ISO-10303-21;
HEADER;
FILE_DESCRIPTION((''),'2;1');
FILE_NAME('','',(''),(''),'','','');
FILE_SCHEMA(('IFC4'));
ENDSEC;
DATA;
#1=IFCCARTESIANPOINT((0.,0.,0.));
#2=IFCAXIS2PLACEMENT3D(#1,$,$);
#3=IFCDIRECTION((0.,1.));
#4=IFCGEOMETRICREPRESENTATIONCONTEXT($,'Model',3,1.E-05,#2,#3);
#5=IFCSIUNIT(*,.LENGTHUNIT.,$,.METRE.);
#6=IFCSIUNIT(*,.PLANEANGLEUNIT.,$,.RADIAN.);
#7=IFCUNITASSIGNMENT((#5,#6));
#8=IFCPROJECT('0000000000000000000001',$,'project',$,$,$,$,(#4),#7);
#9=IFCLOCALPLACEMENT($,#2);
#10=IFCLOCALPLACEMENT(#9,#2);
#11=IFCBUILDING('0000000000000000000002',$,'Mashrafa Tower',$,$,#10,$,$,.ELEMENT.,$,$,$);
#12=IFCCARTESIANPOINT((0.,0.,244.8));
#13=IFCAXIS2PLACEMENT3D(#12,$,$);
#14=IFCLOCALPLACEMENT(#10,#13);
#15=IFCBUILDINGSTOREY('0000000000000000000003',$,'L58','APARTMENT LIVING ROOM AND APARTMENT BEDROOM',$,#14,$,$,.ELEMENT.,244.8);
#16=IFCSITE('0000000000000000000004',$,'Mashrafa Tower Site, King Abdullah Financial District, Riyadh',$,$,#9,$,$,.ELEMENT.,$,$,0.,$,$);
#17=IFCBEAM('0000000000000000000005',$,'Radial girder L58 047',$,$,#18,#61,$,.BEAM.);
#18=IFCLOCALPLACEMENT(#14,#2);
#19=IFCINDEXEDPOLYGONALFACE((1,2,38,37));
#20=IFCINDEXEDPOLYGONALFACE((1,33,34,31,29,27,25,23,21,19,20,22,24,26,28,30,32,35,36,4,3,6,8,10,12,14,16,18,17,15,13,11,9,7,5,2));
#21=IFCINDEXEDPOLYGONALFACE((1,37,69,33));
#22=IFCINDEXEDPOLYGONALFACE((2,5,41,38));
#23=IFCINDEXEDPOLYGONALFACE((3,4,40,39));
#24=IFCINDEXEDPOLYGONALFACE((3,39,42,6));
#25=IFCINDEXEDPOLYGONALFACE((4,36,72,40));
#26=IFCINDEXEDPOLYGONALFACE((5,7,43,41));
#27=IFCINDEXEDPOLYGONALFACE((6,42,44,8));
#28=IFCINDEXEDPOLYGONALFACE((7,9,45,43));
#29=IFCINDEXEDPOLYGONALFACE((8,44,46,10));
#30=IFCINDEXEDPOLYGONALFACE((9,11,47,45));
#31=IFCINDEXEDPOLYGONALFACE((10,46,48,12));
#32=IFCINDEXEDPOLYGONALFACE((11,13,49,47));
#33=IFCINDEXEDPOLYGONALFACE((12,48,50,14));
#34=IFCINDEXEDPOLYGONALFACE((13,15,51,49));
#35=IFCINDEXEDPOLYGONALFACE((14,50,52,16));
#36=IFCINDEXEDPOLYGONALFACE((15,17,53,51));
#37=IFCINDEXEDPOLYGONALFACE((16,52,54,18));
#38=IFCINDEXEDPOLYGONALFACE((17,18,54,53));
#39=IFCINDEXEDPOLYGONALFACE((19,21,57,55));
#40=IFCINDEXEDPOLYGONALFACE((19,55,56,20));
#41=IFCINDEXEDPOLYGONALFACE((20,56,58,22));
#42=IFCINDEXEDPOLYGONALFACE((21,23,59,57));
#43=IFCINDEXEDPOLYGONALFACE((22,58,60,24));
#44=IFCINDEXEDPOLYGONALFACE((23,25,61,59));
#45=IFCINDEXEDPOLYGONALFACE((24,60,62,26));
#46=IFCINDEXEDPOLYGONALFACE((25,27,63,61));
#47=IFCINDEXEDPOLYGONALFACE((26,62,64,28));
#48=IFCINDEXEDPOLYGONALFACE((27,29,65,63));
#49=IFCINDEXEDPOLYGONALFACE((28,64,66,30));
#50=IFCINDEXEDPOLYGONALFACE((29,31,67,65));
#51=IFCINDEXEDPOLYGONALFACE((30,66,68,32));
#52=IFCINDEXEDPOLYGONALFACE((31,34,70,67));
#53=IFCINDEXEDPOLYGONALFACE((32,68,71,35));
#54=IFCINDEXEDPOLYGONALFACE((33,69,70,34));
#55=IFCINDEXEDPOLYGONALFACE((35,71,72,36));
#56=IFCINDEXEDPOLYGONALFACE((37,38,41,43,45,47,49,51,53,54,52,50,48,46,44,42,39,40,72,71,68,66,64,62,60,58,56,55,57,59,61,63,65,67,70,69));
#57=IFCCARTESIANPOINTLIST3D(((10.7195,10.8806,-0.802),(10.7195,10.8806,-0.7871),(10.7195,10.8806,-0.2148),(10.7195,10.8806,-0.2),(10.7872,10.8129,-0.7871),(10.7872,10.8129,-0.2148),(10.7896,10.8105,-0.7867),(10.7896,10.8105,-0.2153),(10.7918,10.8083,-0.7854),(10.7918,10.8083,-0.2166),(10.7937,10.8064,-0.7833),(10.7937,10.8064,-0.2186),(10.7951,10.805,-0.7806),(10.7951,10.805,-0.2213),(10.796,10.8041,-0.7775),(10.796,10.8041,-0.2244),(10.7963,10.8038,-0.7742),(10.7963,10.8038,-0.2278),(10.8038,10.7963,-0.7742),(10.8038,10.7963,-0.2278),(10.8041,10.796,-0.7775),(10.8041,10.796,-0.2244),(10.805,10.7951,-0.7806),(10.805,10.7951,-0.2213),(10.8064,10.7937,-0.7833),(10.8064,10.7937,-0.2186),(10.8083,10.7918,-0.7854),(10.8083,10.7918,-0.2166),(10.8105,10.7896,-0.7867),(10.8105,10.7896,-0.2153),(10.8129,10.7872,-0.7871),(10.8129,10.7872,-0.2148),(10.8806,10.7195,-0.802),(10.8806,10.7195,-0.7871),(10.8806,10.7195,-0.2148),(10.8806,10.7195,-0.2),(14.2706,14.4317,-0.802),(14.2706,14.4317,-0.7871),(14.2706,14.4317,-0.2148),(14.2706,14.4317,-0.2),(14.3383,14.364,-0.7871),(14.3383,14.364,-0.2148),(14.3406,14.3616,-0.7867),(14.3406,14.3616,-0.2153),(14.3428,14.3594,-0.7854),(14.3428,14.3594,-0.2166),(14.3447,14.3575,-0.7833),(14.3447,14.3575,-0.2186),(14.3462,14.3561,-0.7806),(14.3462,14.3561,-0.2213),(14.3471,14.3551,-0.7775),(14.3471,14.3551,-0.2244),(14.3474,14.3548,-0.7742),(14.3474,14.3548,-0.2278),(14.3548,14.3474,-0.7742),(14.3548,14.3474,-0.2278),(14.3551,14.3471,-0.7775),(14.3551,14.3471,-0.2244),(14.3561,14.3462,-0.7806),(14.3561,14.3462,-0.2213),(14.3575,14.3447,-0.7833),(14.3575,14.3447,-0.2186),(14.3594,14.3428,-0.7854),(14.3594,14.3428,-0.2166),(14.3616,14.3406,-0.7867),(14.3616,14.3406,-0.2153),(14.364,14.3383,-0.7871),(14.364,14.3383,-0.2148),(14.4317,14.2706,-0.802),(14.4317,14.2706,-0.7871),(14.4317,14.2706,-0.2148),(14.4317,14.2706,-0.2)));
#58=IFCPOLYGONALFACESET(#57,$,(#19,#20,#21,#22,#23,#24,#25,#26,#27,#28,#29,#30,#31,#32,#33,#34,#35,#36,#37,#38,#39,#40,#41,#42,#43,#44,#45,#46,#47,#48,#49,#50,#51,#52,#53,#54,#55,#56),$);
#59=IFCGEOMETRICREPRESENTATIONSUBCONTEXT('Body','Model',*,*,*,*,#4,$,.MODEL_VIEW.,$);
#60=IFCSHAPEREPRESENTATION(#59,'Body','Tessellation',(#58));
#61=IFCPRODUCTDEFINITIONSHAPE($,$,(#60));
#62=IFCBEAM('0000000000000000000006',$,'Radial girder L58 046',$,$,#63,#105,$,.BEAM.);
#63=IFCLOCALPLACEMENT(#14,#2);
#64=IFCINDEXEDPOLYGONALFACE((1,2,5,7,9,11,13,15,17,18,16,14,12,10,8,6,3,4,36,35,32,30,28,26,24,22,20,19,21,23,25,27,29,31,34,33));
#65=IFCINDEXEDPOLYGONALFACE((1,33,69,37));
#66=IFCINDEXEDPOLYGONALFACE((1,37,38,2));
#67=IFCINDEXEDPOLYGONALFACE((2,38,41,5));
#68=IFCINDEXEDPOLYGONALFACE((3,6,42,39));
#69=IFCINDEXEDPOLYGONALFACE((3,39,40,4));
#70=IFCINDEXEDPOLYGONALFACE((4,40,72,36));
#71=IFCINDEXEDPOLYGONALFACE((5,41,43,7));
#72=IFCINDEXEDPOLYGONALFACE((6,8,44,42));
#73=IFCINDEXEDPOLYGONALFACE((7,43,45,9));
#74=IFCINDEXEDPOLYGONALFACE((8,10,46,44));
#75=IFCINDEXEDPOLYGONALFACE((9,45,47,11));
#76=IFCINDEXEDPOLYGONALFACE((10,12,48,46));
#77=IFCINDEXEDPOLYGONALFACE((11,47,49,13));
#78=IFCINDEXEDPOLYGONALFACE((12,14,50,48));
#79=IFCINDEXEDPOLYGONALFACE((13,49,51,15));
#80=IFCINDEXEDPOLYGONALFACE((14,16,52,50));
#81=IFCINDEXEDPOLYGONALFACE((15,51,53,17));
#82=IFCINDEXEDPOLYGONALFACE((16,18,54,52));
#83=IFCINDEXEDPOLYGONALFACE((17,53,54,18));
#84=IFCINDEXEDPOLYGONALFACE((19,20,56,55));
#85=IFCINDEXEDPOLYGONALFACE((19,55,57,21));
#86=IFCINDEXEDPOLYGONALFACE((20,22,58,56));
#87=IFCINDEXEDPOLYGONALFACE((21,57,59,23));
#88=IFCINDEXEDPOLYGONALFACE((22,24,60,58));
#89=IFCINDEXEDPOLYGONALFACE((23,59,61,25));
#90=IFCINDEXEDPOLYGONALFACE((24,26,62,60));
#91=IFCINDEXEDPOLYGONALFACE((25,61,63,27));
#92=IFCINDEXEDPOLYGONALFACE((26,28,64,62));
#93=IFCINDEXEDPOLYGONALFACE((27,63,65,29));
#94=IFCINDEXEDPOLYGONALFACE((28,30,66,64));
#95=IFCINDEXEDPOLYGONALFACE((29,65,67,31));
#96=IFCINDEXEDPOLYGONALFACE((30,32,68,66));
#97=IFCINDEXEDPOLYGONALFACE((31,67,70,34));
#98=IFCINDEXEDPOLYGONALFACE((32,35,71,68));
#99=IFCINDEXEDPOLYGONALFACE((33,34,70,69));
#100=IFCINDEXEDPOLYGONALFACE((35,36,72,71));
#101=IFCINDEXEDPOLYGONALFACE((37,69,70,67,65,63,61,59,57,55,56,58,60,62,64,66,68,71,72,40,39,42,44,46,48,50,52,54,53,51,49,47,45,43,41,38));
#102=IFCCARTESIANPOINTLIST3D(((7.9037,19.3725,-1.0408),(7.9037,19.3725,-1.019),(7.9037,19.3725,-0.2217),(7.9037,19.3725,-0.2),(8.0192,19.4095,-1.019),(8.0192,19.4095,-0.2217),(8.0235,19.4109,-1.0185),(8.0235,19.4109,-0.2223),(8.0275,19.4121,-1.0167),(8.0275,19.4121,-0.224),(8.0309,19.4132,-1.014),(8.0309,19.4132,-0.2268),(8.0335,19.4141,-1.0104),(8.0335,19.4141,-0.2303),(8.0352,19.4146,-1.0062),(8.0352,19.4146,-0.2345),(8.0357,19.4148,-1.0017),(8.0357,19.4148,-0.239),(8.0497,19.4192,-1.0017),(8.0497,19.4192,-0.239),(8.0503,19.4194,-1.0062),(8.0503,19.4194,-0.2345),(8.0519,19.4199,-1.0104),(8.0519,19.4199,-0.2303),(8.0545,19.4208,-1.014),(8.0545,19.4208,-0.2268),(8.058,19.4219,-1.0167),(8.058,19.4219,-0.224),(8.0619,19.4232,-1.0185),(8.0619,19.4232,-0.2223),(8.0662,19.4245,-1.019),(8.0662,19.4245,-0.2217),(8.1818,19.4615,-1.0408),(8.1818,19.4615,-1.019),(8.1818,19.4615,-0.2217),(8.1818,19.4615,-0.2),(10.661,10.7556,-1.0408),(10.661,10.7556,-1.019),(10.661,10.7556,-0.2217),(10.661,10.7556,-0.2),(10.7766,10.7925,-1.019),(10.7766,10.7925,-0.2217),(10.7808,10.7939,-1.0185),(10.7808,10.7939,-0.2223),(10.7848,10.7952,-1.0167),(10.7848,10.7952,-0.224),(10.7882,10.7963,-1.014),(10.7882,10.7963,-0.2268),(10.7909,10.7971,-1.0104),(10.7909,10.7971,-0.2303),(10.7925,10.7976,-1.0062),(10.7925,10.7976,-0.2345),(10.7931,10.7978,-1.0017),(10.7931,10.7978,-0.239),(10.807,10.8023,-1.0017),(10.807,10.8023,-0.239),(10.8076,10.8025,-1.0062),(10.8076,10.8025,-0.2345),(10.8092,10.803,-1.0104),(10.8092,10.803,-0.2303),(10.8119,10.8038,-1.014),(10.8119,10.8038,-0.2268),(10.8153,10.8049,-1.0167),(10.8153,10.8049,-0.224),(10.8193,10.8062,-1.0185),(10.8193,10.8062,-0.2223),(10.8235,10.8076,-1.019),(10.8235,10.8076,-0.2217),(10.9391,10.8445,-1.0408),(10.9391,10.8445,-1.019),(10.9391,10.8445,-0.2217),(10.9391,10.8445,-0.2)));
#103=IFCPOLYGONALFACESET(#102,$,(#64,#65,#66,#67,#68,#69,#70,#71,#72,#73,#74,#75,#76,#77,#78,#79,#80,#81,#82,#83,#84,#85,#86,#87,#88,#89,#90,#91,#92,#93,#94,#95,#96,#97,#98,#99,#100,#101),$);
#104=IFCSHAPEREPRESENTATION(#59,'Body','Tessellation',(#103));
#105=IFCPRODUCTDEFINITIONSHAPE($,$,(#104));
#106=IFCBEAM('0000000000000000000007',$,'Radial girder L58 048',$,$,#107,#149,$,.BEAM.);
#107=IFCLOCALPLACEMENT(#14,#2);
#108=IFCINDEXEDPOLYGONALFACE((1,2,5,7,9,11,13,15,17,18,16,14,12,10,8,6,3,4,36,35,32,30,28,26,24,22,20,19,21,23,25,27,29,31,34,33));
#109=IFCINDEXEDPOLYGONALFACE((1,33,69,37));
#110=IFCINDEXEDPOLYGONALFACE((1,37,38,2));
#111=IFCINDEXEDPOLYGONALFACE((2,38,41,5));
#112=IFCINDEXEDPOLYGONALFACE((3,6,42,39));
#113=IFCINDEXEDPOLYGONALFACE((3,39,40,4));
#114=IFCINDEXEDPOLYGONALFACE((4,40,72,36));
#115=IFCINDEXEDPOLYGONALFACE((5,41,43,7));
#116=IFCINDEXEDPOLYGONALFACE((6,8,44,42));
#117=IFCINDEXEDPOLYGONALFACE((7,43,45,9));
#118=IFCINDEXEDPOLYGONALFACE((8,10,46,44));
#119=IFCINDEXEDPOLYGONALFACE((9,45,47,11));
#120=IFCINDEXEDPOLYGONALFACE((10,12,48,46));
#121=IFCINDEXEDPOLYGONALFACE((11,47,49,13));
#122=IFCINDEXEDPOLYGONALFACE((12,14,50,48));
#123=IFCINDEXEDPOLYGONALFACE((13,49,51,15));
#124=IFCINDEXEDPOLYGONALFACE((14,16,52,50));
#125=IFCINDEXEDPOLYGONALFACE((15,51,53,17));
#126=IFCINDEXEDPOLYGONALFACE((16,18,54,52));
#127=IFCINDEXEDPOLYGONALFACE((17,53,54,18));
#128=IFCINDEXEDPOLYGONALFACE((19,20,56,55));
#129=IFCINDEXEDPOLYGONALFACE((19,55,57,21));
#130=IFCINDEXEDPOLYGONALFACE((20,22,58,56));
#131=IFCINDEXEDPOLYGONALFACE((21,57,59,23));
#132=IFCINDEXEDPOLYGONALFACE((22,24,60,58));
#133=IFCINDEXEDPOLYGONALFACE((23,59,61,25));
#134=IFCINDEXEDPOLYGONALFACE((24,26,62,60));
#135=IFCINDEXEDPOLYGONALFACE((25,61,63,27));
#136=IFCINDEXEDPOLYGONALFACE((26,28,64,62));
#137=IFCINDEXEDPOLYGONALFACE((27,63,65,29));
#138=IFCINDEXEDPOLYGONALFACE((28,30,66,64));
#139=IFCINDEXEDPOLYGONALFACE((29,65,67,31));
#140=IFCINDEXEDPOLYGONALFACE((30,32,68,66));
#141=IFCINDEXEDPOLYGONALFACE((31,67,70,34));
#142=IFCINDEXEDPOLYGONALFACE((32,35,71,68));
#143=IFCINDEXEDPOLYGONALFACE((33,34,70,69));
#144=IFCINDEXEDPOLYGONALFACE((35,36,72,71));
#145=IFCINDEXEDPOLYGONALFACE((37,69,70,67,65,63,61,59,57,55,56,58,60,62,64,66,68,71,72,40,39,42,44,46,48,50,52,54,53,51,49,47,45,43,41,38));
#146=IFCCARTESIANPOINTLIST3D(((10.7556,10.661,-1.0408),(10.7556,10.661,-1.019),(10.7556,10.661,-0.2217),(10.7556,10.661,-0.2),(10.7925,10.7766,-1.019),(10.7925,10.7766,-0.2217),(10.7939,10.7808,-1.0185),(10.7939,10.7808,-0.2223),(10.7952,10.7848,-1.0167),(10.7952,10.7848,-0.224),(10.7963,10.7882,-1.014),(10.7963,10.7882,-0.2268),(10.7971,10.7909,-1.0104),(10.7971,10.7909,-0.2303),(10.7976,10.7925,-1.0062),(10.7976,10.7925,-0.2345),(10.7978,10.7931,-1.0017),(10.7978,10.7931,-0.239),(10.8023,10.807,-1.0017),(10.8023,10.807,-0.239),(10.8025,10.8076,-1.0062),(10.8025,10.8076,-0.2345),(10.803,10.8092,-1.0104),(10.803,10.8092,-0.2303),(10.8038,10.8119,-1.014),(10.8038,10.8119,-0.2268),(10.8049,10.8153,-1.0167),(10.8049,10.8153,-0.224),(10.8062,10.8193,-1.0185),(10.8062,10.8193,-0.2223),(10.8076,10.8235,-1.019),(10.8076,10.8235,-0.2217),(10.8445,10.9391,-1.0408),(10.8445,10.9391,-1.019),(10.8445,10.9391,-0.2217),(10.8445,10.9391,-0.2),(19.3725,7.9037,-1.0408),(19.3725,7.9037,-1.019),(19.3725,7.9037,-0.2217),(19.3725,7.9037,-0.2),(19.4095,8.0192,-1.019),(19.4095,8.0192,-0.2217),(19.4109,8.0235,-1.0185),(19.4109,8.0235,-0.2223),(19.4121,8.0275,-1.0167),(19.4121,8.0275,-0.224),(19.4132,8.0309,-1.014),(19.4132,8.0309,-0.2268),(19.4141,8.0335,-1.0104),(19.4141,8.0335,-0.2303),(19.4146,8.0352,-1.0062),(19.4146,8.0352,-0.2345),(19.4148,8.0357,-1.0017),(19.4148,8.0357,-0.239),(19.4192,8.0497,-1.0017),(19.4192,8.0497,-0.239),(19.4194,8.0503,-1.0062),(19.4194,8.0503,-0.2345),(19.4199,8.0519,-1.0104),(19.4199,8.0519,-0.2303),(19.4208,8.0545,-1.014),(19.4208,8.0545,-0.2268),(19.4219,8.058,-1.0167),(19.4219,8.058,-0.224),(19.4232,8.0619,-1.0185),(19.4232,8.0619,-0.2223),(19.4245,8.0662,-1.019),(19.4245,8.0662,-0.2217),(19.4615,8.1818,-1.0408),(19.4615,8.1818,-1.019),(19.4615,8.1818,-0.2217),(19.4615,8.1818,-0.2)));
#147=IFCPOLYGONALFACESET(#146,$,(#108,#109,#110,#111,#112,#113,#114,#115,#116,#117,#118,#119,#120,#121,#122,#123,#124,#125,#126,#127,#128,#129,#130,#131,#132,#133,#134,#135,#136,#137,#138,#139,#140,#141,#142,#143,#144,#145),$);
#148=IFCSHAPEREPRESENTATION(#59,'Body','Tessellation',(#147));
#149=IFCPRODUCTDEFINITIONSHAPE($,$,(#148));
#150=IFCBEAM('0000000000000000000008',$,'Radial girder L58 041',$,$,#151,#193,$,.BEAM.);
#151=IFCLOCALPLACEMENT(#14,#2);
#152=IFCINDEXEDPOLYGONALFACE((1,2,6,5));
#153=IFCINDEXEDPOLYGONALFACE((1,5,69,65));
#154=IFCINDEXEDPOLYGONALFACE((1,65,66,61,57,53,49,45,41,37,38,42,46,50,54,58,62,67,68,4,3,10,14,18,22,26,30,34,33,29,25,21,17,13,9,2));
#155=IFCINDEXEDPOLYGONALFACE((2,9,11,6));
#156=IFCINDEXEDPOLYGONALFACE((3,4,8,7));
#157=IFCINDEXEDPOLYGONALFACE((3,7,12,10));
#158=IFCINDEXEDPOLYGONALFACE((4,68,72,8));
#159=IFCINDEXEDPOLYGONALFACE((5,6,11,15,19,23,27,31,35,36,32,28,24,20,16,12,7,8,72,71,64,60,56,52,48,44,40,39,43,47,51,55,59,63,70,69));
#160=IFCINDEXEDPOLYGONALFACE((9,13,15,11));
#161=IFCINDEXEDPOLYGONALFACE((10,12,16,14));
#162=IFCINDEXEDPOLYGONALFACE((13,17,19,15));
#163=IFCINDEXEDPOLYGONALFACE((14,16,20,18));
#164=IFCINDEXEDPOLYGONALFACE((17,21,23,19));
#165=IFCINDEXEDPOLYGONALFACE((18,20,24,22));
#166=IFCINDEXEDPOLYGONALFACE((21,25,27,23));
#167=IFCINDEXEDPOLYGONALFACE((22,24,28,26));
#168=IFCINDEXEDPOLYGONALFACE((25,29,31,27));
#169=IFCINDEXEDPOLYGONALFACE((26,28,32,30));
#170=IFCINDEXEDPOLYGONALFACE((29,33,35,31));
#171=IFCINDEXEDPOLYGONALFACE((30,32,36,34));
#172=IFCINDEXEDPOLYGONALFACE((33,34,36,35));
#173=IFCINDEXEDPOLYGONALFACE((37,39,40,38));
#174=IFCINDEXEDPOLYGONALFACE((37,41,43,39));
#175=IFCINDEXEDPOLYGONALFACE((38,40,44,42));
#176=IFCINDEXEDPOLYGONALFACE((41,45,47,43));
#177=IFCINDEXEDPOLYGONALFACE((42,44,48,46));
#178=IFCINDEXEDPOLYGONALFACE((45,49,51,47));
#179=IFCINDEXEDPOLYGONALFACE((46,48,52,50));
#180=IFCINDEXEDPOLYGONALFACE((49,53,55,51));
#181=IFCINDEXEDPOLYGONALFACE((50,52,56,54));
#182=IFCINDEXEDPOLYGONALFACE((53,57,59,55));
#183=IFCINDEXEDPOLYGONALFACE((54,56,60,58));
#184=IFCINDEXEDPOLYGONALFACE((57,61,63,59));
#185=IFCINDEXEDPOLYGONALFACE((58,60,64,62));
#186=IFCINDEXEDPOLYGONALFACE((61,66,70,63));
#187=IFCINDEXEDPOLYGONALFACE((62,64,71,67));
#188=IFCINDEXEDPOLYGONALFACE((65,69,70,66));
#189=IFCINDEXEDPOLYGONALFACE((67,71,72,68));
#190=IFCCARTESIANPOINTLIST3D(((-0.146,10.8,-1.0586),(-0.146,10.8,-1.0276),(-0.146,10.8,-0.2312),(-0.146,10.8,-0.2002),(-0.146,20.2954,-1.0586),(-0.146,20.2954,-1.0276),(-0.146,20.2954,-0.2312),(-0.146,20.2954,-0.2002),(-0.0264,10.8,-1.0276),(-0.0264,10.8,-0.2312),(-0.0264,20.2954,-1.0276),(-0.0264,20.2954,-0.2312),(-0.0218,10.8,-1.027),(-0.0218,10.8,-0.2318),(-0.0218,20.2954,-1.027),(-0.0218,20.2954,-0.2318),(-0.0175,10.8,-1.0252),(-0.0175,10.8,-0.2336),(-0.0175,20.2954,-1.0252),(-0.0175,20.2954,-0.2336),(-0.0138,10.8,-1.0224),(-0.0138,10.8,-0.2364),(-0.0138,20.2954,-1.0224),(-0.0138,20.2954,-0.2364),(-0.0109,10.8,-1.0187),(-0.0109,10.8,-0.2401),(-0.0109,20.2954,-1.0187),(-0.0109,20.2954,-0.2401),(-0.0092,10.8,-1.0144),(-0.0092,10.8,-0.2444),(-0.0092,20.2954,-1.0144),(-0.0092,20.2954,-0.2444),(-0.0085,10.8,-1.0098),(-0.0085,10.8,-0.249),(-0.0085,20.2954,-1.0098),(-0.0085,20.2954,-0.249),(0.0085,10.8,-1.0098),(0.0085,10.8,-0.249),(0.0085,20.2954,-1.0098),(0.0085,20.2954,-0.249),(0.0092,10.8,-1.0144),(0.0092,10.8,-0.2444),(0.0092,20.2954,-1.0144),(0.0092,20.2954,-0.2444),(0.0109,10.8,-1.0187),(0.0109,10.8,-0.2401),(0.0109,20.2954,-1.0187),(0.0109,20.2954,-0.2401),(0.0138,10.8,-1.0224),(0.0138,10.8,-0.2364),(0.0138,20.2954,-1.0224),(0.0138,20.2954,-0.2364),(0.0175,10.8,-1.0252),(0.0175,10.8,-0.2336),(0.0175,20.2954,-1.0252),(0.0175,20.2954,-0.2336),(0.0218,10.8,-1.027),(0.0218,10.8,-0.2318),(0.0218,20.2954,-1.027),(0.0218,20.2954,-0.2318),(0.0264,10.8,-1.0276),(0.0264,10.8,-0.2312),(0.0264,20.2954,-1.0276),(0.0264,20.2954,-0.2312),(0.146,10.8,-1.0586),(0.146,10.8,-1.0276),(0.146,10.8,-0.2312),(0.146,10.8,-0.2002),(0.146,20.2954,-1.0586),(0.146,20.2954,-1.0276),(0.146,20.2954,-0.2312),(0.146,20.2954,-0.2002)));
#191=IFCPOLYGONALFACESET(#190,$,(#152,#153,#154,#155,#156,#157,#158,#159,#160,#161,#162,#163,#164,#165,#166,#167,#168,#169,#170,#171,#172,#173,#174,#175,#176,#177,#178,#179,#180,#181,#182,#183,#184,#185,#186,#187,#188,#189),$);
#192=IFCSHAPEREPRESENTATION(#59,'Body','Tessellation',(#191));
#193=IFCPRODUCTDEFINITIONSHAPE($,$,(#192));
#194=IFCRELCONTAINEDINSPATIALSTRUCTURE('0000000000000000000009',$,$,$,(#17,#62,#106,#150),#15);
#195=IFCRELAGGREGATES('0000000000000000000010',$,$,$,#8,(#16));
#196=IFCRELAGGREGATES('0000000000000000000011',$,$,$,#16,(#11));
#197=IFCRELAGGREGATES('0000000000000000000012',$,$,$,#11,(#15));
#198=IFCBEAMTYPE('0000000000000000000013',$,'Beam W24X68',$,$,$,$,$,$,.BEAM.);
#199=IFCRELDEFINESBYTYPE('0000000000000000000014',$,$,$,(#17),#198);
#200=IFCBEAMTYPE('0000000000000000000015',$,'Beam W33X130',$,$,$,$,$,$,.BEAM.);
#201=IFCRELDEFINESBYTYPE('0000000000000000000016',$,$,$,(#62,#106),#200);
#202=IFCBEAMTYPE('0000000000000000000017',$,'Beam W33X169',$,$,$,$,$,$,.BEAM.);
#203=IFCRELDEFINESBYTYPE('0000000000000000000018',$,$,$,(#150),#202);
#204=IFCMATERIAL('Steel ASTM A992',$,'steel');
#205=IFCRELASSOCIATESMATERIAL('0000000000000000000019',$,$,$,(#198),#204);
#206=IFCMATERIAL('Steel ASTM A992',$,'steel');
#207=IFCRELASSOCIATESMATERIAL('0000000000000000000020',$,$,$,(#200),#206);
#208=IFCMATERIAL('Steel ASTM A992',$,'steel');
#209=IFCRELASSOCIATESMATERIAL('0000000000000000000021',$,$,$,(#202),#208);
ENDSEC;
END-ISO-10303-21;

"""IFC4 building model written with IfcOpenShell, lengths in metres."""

from ifc_helpers import new_model, si_unit, direction, frame, origin, origin_2d, place, context, subcontext, project, spatial, i_section, extrude, material, material_profile, profile_set, type_object, element, save


model = new_model("IFC4")

# Units and contexts
model_context = context("Model", 3, precision=1e-05, world=origin(), true_north=direction((0.0, 1.0)))
body_context = subcontext(model_context, "Body", "Model", "MODEL_VIEW")
ifc_project = project(units=[si_unit("LENGTHUNIT", "METRE"), si_unit("PLANEANGLEUNIT", "RADIAN")], contexts=[model_context])

# Site, building, storey
site_placement = place(None, origin())
site = spatial("IfcSite", under=ifc_project, at=site_placement, Name="Mashrafa Tower Site, King Abdullah Financial District, Riyadh", CompositionType="ELEMENT", RefElevation=0.0)
building_placement = place(site_placement, origin())
building = spatial("IfcBuilding", under=site, at=building_placement, Name="Mashrafa Tower", CompositionType="ELEMENT")
storey_placement = place(building_placement, frame((0.0, 0.0, 244.8)))
storey = spatial("IfcBuildingStorey", under=building, at=storey_placement, Name="L58", Description="APARTMENT LIVING ROOM AND APARTMENT BEDROOM", CompositionType="ELEMENT", Elevation=244.8)

# Beams
ifc_material_1 = material(Name="Steel ASTM A992", Category="steel")
ifc_material_profile_1 = material_profile(ifc_material_1, i_section(OverallWidth=0.2278, OverallDepth=0.6021, WebThickness=0.0105, FlangeThickness=0.0149, FilletRadius=0.0129, at=origin_2d()), Name="W24X68")
ifc_profile_set_1 = profile_set([ifc_material_profile_1], Name="Steel ASTM A992")
beam_type_1 = type_object("IfcBeamType", Name="Beam W24X68", PredefinedType="BEAM", material=ifc_profile_set_1)
beam_1_placement = place(storey_placement, frame((10.8, 10.8, -0.501), z_axis=(0.707107, 0.707107, 0.0), x_axis=(-0.707107, 0.707107, 0.0)))
element("IfcBeam", 1, at=beam_1_placement, inside=storey, type_object=beam_type_1, Name="Radial girder L58 047", PredefinedType="BEAM", context=body_context, shape_type="SweptSolid", body=[
    extrude(i_section(OverallWidth=0.2278, OverallDepth=0.6021, WebThickness=0.0105, FlangeThickness=0.0149, FilletRadius=0.0129, at=origin_2d()), origin(), (0.0, 0.0, 1.0), 5.022),
])
ifc_material_2 = material(Name="Steel ASTM A992", Category="steel")
ifc_material_profile_2 = material_profile(ifc_material_2, i_section(OverallWidth=0.292, OverallDepth=0.8408, WebThickness=0.0146, FlangeThickness=0.0217, FilletRadius=0.0173, at=origin_2d()), Name="W33X130")
ifc_profile_set_2 = profile_set([ifc_material_profile_2], Name="Steel ASTM A992")
beam_type_2 = type_object("IfcBeamType", Name="Beam W33X130", PredefinedType="BEAM", material=ifc_profile_set_2)
for number, where, z_axis, x_axis, name in (
    (2, (10.8, 10.8, -0.6204), (-0.304766, 0.952427, 0.0), (-0.952427, -0.304766, 0.0), "Radial girder L58 046"),
    (3, (10.8, 10.8, -0.6204), (0.952427, -0.304766, 0.0), (0.304766, 0.952427, 0.0), "Radial girder L58 048"),
):
    element("IfcBeam", number, at=place(storey_placement, frame(where, z_axis=z_axis, x_axis=x_axis)), inside=storey, type_object=beam_type_2, Name=name, PredefinedType="BEAM", context=body_context, shape_type="SweptSolid", body=[
        extrude(i_section(OverallWidth=0.292, OverallDepth=0.8408, WebThickness=0.0146, FlangeThickness=0.0217, FilletRadius=0.0173, at=origin_2d()), origin(), (0.0, 0.0, 1.0), 9.0474),
    ])
ifc_material_3 = material(Name="Steel ASTM A992", Category="steel")
ifc_material_profile_3 = material_profile(ifc_material_3, i_section(OverallWidth=0.292, OverallDepth=0.8584, WebThickness=0.0171, FlangeThickness=0.031, FilletRadius=0.0178, at=origin_2d()), Name="W33X169")
ifc_profile_set_3 = profile_set([ifc_material_profile_3], Name="Steel ASTM A992")
beam_type_3 = type_object("IfcBeamType", Name="Beam W33X169", PredefinedType="BEAM", material=ifc_profile_set_3)
beam_2_placement = place(storey_placement, frame((0.0, 10.8, -0.6294), z_axis=(0.0, 1.0, 0.0), x_axis=(-1.0, 0.0, 0.0)))
element("IfcBeam", 4, at=beam_2_placement, inside=storey, type_object=beam_type_3, Name="Radial girder L58 041", PredefinedType="BEAM", context=body_context, shape_type="SweptSolid", body=[
    extrude(i_section(OverallWidth=0.292, OverallDepth=0.8584, WebThickness=0.0171, FlangeThickness=0.031, FilletRadius=0.0178, at=origin_2d()), origin(), (0.0, 0.0, 1.0), 9.4954),
])

save(model, "model.ifc")
